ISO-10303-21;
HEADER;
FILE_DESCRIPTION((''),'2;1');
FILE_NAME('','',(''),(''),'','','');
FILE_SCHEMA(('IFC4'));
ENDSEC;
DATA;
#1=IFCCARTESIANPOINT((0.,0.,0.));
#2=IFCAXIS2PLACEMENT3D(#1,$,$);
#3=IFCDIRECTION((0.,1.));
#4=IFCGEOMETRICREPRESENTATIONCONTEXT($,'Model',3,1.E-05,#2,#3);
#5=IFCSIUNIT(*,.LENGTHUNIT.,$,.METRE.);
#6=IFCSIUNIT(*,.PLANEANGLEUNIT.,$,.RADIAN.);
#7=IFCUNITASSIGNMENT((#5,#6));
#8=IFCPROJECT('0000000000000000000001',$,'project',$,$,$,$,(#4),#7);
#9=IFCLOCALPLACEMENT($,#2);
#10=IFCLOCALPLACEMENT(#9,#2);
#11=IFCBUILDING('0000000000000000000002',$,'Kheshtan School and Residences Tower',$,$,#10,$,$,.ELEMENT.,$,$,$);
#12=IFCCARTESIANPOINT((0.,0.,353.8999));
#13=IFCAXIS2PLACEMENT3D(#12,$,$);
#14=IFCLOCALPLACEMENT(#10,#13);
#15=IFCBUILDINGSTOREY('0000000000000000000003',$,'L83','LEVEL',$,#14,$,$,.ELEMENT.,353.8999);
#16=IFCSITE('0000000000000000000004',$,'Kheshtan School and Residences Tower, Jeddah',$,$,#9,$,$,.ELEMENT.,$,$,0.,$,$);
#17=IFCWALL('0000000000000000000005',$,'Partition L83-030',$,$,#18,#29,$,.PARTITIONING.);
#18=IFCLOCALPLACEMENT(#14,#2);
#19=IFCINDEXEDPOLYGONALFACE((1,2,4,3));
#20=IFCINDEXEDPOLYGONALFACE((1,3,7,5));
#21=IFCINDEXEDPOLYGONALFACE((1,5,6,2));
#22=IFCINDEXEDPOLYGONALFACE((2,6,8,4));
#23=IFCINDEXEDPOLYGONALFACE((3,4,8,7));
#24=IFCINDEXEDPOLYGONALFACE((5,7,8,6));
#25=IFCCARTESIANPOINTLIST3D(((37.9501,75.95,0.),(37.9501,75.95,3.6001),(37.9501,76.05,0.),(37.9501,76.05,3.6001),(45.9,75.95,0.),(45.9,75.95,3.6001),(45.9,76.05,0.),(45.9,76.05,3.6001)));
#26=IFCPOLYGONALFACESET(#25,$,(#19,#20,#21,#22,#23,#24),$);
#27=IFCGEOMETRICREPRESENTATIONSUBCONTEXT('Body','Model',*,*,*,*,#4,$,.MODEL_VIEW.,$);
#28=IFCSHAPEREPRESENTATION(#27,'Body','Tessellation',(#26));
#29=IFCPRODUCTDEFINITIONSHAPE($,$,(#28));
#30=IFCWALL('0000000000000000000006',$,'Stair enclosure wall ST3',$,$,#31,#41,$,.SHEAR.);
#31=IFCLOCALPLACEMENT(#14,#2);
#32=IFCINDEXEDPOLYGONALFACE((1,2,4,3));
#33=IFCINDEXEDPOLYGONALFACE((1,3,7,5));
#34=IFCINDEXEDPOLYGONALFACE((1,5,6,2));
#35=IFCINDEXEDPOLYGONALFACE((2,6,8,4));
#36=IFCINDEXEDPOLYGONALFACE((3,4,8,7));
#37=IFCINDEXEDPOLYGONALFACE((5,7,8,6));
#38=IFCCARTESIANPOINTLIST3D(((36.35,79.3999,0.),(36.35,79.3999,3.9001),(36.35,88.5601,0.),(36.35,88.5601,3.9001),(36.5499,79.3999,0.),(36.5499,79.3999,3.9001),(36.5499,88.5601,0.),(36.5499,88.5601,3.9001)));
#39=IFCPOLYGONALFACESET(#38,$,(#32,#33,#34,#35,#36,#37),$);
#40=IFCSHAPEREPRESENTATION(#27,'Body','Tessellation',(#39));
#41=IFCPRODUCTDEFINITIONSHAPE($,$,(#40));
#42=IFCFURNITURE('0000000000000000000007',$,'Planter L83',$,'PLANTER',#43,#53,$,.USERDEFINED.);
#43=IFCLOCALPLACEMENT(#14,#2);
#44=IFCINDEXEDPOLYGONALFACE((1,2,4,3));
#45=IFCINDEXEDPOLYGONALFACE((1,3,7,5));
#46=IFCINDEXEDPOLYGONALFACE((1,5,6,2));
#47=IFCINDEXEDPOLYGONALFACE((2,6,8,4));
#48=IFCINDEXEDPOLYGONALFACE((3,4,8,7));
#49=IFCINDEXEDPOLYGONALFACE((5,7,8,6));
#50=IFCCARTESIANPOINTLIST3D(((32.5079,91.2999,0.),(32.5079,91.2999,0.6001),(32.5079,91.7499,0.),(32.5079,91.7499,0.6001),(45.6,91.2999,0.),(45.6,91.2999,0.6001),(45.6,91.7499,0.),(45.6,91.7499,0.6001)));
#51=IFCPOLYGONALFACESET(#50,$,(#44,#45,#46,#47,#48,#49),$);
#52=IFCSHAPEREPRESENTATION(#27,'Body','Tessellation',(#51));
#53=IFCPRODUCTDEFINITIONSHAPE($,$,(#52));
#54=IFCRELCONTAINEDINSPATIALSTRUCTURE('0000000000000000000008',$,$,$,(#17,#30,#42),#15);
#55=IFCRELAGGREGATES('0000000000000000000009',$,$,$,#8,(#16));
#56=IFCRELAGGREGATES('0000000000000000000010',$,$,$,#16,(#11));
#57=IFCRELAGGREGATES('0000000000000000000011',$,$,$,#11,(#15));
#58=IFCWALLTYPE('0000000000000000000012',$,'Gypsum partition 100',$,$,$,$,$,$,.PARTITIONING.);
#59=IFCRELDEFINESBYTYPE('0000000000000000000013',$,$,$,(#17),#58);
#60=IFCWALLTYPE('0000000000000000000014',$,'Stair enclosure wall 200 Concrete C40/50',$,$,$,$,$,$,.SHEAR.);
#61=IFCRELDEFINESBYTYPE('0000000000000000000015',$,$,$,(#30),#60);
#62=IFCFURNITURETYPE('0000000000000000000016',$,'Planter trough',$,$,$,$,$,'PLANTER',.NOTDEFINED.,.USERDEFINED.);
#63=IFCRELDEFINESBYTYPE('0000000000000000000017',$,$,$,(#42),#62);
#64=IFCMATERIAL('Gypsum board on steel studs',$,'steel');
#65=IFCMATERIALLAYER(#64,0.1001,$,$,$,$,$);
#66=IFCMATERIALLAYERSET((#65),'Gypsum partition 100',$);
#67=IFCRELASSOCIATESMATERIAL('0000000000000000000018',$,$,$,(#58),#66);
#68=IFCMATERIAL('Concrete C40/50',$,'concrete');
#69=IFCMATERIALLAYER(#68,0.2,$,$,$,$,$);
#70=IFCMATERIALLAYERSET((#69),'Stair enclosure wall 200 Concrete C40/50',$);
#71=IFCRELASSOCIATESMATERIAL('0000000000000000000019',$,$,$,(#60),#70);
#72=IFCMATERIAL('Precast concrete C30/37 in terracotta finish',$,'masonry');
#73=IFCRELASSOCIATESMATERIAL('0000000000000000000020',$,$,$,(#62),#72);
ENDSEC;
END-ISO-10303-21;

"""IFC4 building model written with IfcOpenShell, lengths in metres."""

from ifc_helpers import new_model, si_unit, direction, frame, frame_2d, origin, origin_2d, place, context, subcontext, project, spatial, rectangle, extrude, material, layer, layer_set, type_object, element, save


model = new_model("IFC4")

# Units and contexts
model_context = context("Model", 3, precision=1e-05, world=origin(), true_north=direction((0.0, 1.0)))
body_context = subcontext(model_context, "Body", "Model", "MODEL_VIEW")
ifc_project = project(units=[si_unit("LENGTHUNIT", "METRE"), si_unit("PLANEANGLEUNIT", "RADIAN")], contexts=[model_context])

# Site, building, storey
site_placement = place(None, origin())
site = spatial("IfcSite", under=ifc_project, at=site_placement, Name="Kheshtan School and Residences Tower, Jeddah", CompositionType="ELEMENT", RefElevation=0.0)
building_placement = place(site_placement, origin())
building = spatial("IfcBuilding", under=site, at=building_placement, Name="Kheshtan School and Residences Tower", CompositionType="ELEMENT")
storey_placement = place(building_placement, frame((0.0, 0.0, 353.8999)))
storey = spatial("IfcBuildingStorey", under=building, at=storey_placement, Name="L83", Description="LEVEL", CompositionType="ELEMENT", Elevation=353.8999)

# Shared definitions
ifc_material_1 = material(Name="Gypsum board on steel studs", Category="steel")
ifc_layer_1 = layer(ifc_material_1, 0.1001)
ifc_layer_set_1 = layer_set([ifc_layer_1], Name="Gypsum partition 100")
wall_type_1 = type_object("IfcWallType", Name="Gypsum partition 100", PredefinedType="PARTITIONING", material=ifc_layer_set_1)

# Walls
wall_1_placement = place(storey_placement, frame((37.95, 76.0, 0.0), z_axis=(0.0, 0.0, 1.0), x_axis=(1.0, 0.0, 0.0)))
element("IfcWall", 1, at=wall_1_placement, inside=storey, type_object=wall_type_1, Name="Partition L83-030", PredefinedType="PARTITIONING", context=body_context, shape_type="SweptSolid", body=[
    extrude(rectangle(XDim=7.95, YDim=0.1001, at=frame_2d((3.9751, 0.0))), origin(), (0.0, 0.0, 1.0), 3.6001),
])
ifc_material_2 = material(Name="Concrete C40/50", Category="concrete")
ifc_layer_2 = layer(ifc_material_2, 0.2)
ifc_layer_set_2 = layer_set([ifc_layer_2], Name="Stair enclosure wall 200 Concrete C40/50")
wall_type_2 = type_object("IfcWallType", Name="Stair enclosure wall 200 Concrete C40/50", PredefinedType="SHEAR", material=ifc_layer_set_2)
wall_2_placement = place(storey_placement, frame((36.45, 79.3999, 0.0), z_axis=(0.0, 0.0, 1.0), x_axis=(0.0, 1.0, 0.0)))
element("IfcWall", 2, at=wall_2_placement, inside=storey, type_object=wall_type_2, Name="Stair enclosure wall ST3", PredefinedType="SHEAR", context=body_context, shape_type="SweptSolid", body=[
    extrude(rectangle(XDim=9.1602, YDim=0.2, at=frame_2d((4.5801, 0.0))), origin(), (0.0, 0.0, 1.0), 3.9001),
])

# Furniture
ifc_material_3 = material(Name="Precast concrete C30/37 in terracotta finish", Category="masonry")
furniture_type = type_object("IfcFurnitureType", Name="Planter trough", ElementType="PLANTER", AssemblyPlace="NOTDEFINED", PredefinedType="USERDEFINED", material=ifc_material_3)
furniture_placement = place(storey_placement, frame((39.054, 91.5249, 0.0), z_axis=(0.0, 0.0, 1.0), x_axis=(1.0, 0.0, 0.0)))
element("IfcFurniture", 3, at=furniture_placement, inside=storey, type_object=furniture_type, Name="Planter L83", ObjectType="PLANTER", PredefinedType="USERDEFINED", context=body_context, shape_type="SweptSolid", body=[
    extrude(rectangle(XDim=13.092, YDim=0.45, at=origin_2d()), origin(), (0.0, 0.0, 1.0), 0.6001),
])

save(model, "model.ifc")
